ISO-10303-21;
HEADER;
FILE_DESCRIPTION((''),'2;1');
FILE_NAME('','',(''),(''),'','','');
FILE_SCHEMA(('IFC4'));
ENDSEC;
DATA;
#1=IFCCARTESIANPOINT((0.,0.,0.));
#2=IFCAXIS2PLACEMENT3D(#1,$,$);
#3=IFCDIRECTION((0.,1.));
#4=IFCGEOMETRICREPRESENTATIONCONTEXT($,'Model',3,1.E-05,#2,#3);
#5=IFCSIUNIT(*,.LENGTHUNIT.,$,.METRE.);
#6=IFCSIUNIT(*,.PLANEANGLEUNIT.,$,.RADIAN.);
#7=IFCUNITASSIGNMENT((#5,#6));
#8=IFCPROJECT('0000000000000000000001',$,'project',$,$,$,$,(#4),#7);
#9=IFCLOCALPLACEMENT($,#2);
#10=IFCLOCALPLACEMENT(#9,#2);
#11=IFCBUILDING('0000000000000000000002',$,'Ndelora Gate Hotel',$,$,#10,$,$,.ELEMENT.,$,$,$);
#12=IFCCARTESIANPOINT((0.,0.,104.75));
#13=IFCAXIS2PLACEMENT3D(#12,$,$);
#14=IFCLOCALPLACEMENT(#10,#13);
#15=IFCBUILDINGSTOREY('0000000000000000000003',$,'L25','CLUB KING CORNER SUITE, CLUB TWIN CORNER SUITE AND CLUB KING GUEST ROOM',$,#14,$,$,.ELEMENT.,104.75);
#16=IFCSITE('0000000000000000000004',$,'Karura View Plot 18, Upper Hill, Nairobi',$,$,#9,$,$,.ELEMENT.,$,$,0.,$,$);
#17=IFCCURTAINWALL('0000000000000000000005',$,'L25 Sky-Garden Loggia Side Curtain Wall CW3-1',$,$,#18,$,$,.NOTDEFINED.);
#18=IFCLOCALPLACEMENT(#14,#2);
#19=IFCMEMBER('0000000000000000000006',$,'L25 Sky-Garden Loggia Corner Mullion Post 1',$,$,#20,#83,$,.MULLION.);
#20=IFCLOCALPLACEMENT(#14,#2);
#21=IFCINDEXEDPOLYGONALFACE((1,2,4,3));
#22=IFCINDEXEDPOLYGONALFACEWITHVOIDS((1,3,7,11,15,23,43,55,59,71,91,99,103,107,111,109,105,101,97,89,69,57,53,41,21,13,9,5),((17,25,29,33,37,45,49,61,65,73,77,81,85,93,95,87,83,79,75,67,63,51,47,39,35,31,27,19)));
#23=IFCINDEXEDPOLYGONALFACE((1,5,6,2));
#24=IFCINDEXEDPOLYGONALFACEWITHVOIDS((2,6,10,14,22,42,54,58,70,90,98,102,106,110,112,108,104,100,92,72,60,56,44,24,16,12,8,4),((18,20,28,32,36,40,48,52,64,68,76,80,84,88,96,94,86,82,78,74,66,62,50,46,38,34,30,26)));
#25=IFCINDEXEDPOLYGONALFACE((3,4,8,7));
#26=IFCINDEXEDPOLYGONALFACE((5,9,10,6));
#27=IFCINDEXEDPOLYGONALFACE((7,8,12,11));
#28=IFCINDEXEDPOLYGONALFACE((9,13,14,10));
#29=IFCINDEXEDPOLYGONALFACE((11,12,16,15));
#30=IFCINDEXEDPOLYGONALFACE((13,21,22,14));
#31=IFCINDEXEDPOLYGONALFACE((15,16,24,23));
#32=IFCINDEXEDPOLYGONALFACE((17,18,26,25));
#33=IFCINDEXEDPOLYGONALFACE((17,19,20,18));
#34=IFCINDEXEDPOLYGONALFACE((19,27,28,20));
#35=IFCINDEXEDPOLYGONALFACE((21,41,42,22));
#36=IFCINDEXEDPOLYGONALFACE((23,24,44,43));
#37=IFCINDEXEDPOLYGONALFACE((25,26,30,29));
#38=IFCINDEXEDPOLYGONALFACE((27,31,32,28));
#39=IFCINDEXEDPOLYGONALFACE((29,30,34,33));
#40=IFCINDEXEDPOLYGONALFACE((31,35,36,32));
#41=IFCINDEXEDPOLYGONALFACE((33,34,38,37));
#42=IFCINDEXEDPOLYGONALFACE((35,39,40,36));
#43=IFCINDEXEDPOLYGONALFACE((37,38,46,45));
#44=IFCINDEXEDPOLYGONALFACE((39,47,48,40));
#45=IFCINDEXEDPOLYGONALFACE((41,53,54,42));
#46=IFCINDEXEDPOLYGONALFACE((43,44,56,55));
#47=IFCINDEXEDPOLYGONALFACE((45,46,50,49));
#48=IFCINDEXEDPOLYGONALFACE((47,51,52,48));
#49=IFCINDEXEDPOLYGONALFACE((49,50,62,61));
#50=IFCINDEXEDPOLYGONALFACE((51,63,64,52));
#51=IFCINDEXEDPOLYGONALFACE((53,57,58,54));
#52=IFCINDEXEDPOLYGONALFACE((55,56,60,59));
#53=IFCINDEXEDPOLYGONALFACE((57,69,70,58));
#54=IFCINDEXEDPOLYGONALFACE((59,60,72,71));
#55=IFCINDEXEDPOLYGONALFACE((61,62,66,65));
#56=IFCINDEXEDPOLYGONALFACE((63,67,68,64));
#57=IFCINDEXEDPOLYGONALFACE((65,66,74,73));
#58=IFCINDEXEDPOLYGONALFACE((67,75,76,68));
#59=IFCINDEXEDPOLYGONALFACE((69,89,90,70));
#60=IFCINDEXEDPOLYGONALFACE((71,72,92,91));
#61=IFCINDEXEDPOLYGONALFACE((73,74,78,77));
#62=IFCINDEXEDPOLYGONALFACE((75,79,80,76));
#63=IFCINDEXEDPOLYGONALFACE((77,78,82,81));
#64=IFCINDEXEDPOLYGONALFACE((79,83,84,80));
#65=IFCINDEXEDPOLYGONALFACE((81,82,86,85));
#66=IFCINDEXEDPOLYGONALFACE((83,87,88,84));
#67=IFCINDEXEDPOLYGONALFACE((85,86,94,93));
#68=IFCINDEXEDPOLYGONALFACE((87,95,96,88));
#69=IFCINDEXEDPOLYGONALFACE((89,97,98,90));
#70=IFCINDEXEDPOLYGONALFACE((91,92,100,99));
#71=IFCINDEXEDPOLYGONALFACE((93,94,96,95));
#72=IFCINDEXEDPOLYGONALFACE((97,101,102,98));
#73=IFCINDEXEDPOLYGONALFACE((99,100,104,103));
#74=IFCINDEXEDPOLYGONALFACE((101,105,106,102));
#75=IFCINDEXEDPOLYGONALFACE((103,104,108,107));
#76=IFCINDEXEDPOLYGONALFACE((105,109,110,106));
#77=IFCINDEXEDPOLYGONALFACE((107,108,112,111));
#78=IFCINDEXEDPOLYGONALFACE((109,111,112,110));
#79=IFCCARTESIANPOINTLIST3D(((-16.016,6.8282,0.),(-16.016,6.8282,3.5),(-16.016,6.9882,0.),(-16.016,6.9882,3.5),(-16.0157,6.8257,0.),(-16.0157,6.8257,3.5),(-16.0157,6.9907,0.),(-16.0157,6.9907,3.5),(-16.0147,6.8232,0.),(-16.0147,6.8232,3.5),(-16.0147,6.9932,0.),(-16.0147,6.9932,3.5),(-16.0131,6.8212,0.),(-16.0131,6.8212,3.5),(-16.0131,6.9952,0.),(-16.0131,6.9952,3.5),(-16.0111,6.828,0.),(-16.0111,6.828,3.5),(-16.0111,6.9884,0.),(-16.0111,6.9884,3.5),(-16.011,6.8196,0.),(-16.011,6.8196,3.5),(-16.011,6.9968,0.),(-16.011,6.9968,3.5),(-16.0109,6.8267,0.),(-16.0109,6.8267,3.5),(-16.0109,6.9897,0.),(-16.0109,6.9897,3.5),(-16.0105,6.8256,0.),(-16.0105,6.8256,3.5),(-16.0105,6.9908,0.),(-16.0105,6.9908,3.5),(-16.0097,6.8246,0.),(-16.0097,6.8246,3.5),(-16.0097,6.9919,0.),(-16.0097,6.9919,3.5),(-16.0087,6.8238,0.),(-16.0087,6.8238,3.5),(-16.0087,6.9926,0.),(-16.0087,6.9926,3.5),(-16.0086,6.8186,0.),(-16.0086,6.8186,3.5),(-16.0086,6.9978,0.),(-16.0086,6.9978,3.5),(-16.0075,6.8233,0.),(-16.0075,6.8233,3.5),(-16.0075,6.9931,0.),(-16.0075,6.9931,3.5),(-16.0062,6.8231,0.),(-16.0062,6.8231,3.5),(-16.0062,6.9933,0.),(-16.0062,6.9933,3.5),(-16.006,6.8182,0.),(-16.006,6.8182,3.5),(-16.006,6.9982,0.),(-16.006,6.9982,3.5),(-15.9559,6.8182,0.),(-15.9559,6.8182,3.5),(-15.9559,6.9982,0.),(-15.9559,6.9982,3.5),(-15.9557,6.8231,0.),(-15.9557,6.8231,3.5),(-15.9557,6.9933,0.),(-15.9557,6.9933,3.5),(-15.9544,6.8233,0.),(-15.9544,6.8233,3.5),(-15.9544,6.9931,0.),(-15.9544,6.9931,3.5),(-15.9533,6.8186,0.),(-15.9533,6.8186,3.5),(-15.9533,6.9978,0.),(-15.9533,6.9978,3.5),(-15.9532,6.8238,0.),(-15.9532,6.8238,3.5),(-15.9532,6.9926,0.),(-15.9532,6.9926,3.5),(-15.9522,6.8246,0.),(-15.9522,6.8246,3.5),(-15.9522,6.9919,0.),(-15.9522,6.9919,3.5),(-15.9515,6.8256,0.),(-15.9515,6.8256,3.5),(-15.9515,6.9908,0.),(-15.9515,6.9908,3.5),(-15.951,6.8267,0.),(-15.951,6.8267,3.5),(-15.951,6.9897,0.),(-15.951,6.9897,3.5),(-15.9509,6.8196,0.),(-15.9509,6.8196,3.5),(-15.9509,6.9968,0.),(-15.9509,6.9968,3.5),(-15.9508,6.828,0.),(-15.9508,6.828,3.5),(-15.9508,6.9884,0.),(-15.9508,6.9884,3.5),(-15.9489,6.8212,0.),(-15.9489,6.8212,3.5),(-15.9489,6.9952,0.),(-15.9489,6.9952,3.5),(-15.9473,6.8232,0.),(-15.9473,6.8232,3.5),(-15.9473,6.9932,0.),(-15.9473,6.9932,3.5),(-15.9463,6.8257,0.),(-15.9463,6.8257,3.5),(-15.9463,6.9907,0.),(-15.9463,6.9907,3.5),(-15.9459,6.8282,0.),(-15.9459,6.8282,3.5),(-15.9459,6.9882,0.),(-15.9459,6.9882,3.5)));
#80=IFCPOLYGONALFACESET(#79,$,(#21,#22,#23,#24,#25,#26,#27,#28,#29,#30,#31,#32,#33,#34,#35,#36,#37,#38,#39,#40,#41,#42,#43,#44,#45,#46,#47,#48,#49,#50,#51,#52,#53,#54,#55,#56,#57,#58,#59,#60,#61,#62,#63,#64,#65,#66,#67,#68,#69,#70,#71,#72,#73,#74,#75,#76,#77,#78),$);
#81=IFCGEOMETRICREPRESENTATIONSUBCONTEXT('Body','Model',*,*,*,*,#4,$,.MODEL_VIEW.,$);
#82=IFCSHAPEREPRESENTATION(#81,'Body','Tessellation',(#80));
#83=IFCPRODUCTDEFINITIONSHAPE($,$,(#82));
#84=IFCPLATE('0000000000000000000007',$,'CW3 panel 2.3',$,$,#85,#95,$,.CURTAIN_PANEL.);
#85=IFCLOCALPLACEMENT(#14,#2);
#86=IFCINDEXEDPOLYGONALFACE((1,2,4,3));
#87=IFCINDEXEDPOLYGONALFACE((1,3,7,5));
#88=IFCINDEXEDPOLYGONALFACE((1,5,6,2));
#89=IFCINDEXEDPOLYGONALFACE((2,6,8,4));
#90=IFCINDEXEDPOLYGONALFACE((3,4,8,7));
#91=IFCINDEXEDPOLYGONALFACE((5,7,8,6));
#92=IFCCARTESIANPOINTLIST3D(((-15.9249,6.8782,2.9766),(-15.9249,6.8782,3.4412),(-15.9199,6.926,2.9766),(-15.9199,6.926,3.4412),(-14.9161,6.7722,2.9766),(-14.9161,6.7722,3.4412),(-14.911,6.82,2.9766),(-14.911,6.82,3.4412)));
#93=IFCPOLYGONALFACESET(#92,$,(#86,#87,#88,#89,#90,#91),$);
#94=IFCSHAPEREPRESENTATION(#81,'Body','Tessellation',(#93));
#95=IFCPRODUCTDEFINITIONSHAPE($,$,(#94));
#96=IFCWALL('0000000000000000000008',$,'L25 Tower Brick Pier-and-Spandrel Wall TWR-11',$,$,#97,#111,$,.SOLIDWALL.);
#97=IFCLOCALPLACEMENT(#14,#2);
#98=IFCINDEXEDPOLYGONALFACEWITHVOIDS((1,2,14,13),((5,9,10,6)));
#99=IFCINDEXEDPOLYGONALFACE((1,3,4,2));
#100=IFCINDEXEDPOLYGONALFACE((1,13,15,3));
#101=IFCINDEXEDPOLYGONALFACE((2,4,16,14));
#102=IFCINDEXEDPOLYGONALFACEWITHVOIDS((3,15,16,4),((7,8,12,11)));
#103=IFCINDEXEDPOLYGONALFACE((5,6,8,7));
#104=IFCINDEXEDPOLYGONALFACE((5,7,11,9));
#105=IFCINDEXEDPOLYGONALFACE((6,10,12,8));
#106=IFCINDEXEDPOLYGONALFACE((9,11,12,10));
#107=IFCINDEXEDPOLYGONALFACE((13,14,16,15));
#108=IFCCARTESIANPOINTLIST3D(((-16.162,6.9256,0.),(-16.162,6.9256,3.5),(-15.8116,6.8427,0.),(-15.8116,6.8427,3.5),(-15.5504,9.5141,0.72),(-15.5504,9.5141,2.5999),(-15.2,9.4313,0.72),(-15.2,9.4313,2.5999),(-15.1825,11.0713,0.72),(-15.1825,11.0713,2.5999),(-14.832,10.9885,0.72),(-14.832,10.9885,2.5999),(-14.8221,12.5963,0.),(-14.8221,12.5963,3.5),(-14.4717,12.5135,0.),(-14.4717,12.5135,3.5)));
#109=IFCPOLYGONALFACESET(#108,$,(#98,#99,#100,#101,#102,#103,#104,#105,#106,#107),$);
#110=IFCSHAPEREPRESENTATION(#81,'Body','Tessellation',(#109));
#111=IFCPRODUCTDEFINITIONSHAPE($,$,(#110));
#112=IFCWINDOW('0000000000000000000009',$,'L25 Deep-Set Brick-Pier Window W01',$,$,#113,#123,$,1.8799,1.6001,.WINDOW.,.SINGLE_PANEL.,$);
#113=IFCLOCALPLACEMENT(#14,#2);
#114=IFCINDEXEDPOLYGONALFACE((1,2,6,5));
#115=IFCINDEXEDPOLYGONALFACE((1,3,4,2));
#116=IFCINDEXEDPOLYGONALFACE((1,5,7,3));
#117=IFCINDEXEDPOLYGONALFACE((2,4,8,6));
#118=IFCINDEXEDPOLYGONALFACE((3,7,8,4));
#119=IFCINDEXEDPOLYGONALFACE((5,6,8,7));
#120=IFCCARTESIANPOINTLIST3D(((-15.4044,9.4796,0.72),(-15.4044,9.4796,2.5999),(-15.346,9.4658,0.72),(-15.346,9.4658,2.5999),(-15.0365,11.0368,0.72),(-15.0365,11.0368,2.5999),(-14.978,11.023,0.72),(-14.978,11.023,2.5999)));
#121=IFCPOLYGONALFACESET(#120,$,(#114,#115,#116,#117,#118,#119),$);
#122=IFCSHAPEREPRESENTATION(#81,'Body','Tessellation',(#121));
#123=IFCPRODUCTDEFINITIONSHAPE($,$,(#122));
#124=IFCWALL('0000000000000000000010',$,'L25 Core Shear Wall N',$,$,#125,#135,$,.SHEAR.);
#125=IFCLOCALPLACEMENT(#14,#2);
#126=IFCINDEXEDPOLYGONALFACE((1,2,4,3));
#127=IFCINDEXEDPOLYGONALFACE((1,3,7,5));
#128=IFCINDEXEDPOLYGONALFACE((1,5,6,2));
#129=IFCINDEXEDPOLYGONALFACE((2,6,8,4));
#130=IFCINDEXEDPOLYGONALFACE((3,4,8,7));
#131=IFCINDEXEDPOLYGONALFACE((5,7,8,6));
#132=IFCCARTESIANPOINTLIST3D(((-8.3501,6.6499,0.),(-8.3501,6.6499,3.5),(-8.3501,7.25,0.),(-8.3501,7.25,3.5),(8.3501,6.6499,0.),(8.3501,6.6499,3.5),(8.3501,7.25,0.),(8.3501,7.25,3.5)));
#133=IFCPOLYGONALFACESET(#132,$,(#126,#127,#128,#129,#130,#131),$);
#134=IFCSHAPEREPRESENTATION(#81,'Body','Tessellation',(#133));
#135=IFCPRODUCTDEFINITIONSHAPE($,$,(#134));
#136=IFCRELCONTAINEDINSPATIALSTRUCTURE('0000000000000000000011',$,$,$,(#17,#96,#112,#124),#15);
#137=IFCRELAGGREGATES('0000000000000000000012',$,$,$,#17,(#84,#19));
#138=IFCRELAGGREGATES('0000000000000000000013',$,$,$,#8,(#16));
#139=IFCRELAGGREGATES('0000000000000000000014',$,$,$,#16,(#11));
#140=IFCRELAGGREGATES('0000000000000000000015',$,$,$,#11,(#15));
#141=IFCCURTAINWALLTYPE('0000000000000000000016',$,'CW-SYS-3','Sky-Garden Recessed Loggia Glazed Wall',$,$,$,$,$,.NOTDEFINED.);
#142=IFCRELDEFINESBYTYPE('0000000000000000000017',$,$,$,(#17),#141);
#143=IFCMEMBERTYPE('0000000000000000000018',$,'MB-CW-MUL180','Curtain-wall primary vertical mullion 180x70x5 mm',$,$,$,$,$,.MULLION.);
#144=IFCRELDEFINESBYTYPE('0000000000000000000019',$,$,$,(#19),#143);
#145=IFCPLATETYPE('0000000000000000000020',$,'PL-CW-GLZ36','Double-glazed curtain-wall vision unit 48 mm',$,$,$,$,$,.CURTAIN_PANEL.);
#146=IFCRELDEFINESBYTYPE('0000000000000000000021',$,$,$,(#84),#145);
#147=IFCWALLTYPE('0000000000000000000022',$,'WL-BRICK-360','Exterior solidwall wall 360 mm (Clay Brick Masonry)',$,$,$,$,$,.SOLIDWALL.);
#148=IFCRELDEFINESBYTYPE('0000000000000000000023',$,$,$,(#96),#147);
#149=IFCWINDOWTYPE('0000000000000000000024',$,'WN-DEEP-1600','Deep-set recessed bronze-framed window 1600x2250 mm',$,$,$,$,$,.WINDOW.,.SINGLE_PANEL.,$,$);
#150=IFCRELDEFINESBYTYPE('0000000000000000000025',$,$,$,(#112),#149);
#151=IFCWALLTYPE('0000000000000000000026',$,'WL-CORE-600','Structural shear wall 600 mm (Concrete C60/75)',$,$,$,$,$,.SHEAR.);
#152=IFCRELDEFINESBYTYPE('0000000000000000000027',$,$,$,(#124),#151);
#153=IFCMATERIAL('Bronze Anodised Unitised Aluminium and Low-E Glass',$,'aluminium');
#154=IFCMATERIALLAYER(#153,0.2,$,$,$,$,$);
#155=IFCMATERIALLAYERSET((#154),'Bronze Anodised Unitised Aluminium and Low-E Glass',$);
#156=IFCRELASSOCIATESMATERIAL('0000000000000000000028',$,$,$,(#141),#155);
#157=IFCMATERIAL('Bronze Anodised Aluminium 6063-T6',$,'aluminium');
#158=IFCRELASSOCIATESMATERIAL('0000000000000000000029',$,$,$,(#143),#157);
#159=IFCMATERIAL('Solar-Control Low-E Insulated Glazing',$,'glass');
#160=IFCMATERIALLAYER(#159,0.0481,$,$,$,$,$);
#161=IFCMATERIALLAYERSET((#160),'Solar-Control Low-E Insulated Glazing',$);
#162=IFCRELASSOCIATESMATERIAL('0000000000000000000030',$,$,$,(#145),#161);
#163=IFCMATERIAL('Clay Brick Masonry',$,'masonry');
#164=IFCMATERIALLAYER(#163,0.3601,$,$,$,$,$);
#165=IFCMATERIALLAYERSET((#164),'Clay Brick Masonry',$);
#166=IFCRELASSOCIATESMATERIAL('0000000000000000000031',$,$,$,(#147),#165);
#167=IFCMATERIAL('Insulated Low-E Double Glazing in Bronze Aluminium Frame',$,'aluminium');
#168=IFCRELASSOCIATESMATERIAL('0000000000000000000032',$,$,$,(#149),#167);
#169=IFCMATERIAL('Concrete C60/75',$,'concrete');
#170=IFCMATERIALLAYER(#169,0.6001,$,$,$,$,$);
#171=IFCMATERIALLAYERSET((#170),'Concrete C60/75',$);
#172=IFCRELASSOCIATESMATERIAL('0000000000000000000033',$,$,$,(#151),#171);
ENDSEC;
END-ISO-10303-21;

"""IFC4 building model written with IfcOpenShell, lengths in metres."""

from ifc_helpers import new_model, si_unit, direction, frame, frame_2d, origin, origin_2d, place, context, subcontext, project, spatial, rectangle, hollow_rectangle, extrude, material, layer, layer_set, material_profile, profile_set, type_object, element, fill, aggregate, save


model = new_model("IFC4")

# Units and contexts
model_context = context("Model", 3, precision=1e-05, world=origin(), true_north=direction((0.0, 1.0)))
body_context = subcontext(model_context, "Body", "Model", "MODEL_VIEW")
ifc_project = project(units=[si_unit("LENGTHUNIT", "METRE"), si_unit("PLANEANGLEUNIT", "RADIAN")], contexts=[model_context])

# Site, building, storey
site_placement = place(None, origin())
site = spatial("IfcSite", under=ifc_project, at=site_placement, Name="Karura View Plot 18, Upper Hill, Nairobi", CompositionType="ELEMENT", RefElevation=0.0)
building_placement = place(site_placement, origin())
building = spatial("IfcBuilding", under=site, at=building_placement, Name="Ndelora Gate Hotel", CompositionType="ELEMENT")
storey_placement = place(building_placement, frame((0.0, 0.0, 104.75)))
storey = spatial("IfcBuildingStorey", under=building, at=storey_placement, Name="L25", Description="CLUB KING CORNER SUITE, CLUB TWIN CORNER SUITE AND CLUB KING GUEST ROOM", CompositionType="ELEMENT", Elevation=104.75)

# Shared definitions
ifc_material_1 = material(Name="Concrete C60/75", Category="concrete")

# Curtain wall, member, plate
ifc_material_2 = material(Name="Bronze Anodised Unitised Aluminium and Low-E Glass", Category="aluminium")
ifc_layer_1 = layer(ifc_material_2, 0.2)
ifc_layer_set_1 = layer_set([ifc_layer_1], Name="Bronze Anodised Unitised Aluminium and Low-E Glass")
curtain_wall_type = type_object("IfcCurtainWallType", Name="CW-SYS-3", Description="Sky-Garden Recessed Loggia Glazed Wall", PredefinedType="NOTDEFINED", material=ifc_layer_set_1)
curtain_wall_placement = place(storey_placement, origin())
curtain_wall = element("IfcCurtainWall", 1, at=curtain_wall_placement, inside=storey, type_object=curtain_wall_type, Name="L25 Sky-Garden Loggia Side Curtain Wall CW3-1", PredefinedType="NOTDEFINED")
ifc_material_3 = material(Name="Bronze Anodised Aluminium 6063-T6", Category="aluminium")
ifc_material_profile_1 = material_profile(ifc_material_3, hollow_rectangle(XDim=0.0701, YDim=0.1799, WallThickness=0.0049, InnerFilletRadius=0.0049, OuterFilletRadius=0.01, at=origin_2d()), Name="ALU 180x70x5")
ifc_profile_set_1 = profile_set([ifc_material_profile_1], Name="Bronze Anodised Aluminium 6063-T6")
member_type_1 = type_object("IfcMemberType", Name="MB-CW-MUL180", Description="Curtain-wall primary vertical mullion 180x70x5 mm", PredefinedType="MULLION", material=ifc_profile_set_1)
member_1_placement = place(storey_placement, frame((-15.981, 6.9082, 0.0), z_axis=(0.0, 0.0, 1.0), x_axis=(1.0, 0.0, 0.0)))
member_1 = element("IfcMember", 2, at=member_1_placement, type_object=member_type_1, Name="L25 Sky-Garden Loggia Corner Mullion Post 1", PredefinedType="MULLION", context=body_context, shape_type="SweptSolid", body=[
    extrude(hollow_rectangle(XDim=0.0701, YDim=0.1799, WallThickness=0.0049, InnerFilletRadius=0.0049, OuterFilletRadius=0.01, at=origin_2d()), origin(), (0.0, 0.0, 1.0), 3.5),
])
ifc_material_4 = material(Name="Solar-Control Low-E Insulated Glazing", Category="glass")
ifc_layer_2 = layer(ifc_material_4, 0.0481)
ifc_layer_set_2 = layer_set([ifc_layer_2], Name="Solar-Control Low-E Insulated Glazing")
plate_type = type_object("IfcPlateType", Name="PL-CW-GLZ36", Description="Double-glazed curtain-wall vision unit 48 mm", PredefinedType="CURTAIN_PANEL", material=ifc_layer_set_2)
plate_placement = place(storey_placement, frame((-15.418, 6.8491, 2.9766), z_axis=(0.0, 0.0, 1.0), x_axis=(-0.994525, 0.104503, 0.0)))
plate = element("IfcPlate", 3, at=plate_placement, type_object=plate_type, Name="CW3 panel 2.3", PredefinedType="CURTAIN_PANEL", context=body_context, shape_type="SweptSolid", body=[
    extrude(rectangle(XDim=1.0144, YDim=0.0481, at=origin_2d()), origin(), (0.0, 0.0, 1.0), 0.4646),
])
aggregate(curtain_wall, [plate, member_1])

# Wall, opening, window
ifc_material_5 = material(Name="Clay Brick Masonry", Category="masonry")
ifc_layer_3 = layer(ifc_material_5, 0.3601)
ifc_layer_set_3 = layer_set([ifc_layer_3], Name="Clay Brick Masonry")
wall_type_1 = type_object("IfcWallType", Name="WL-BRICK-360", Description="Exterior solidwall wall 360 mm (Clay Brick Masonry)", PredefinedType="SOLIDWALL", material=ifc_layer_set_3)
wall_1_placement = place(storey_placement, frame((-15.9868, 6.884, 0.0), z_axis=(0.0, 0.0, 1.0), x_axis=(0.229945, 0.973204, 0.0)))
wall_1 = element("IfcWall", 4, at=wall_1_placement, inside=storey, type_object=wall_type_1, Name="L25 Tower Brick Pier-and-Spandrel Wall TWR-11", PredefinedType="SOLIDWALL", context=body_context, shape_type="SweptSolid", body=[
    extrude(rectangle(XDim=5.8269, YDim=0.3601, at=frame_2d((2.9136, 0.0))), origin(), (0.0, 0.0, 1.0), 3.5),
])
opening_1_placement = place(wall_1_placement, frame((2.6599, 0.0, 0.72)))
opening_1 = element("IfcOpeningElement", 5, at=opening_1_placement, cuts=wall_1, PredefinedType="OPENING", context=body_context, shape_type="SweptSolid", body=[
    extrude(rectangle(XDim=1.6001, YDim=1.8799, at=frame_2d((0.8, 0.9399))), frame((0.0, 0.1899, 0.0), z_axis=(0.0, -1.0, 0.0), x_axis=(1.0, 0.0, 0.0)), (0.0, 0.0, 1.0), 0.3801),
])
ifc_material_6 = material(Name="Insulated Low-E Double Glazing in Bronze Aluminium Frame", Category="aluminium")
window_type = type_object("IfcWindowType", Name="WN-DEEP-1600", Description="Deep-set recessed bronze-framed window 1600x2250 mm", PartitioningType="SINGLE_PANEL", PredefinedType="WINDOW", material=ifc_material_6)
window_placement = place(opening_1_placement, origin())
window = element("IfcWindow", 6, at=window_placement, inside=storey, type_object=window_type, Name="L25 Deep-Set Brick-Pier Window W01", OverallHeight=1.8799, OverallWidth=1.6001, PartitioningType="SINGLE_PANEL", PredefinedType="WINDOW", context=body_context, shape_type="SweptSolid", body=[
    extrude(rectangle(XDim=1.6001, YDim=1.8799, at=frame_2d((0.8, 0.9399))), frame((0.0, 0.03, 0.0), z_axis=(0.0, -1.0, 0.0), x_axis=(1.0, 0.0, 0.0)), (0.0, 0.0, 1.0), 0.0601),
])
fill(opening_1, window)

# Wall
ifc_layer_4 = layer(ifc_material_1, 0.6001)
ifc_layer_set_4 = layer_set([ifc_layer_4], Name="Concrete C60/75")
wall_type_2 = type_object("IfcWallType", Name="WL-CORE-600", Description="Structural shear wall 600 mm (Concrete C60/75)", PredefinedType="SHEAR", material=ifc_layer_set_4)
wall_2_placement = place(storey_placement, frame((-8.3501, 6.95, 0.0), z_axis=(0.0, 0.0, 1.0), x_axis=(1.0, 0.0, 0.0)))
element("IfcWall", 7, at=wall_2_placement, inside=storey, type_object=wall_type_2, Name="L25 Core Shear Wall N", PredefinedType="SHEAR", context=body_context, shape_type="SweptSolid", body=[
    extrude(rectangle(XDim=16.7002, YDim=0.6001, at=frame_2d((8.3501, 0.0))), origin(), (0.0, 0.0, 1.0), 3.5),
])

save(model, "model.ifc")
